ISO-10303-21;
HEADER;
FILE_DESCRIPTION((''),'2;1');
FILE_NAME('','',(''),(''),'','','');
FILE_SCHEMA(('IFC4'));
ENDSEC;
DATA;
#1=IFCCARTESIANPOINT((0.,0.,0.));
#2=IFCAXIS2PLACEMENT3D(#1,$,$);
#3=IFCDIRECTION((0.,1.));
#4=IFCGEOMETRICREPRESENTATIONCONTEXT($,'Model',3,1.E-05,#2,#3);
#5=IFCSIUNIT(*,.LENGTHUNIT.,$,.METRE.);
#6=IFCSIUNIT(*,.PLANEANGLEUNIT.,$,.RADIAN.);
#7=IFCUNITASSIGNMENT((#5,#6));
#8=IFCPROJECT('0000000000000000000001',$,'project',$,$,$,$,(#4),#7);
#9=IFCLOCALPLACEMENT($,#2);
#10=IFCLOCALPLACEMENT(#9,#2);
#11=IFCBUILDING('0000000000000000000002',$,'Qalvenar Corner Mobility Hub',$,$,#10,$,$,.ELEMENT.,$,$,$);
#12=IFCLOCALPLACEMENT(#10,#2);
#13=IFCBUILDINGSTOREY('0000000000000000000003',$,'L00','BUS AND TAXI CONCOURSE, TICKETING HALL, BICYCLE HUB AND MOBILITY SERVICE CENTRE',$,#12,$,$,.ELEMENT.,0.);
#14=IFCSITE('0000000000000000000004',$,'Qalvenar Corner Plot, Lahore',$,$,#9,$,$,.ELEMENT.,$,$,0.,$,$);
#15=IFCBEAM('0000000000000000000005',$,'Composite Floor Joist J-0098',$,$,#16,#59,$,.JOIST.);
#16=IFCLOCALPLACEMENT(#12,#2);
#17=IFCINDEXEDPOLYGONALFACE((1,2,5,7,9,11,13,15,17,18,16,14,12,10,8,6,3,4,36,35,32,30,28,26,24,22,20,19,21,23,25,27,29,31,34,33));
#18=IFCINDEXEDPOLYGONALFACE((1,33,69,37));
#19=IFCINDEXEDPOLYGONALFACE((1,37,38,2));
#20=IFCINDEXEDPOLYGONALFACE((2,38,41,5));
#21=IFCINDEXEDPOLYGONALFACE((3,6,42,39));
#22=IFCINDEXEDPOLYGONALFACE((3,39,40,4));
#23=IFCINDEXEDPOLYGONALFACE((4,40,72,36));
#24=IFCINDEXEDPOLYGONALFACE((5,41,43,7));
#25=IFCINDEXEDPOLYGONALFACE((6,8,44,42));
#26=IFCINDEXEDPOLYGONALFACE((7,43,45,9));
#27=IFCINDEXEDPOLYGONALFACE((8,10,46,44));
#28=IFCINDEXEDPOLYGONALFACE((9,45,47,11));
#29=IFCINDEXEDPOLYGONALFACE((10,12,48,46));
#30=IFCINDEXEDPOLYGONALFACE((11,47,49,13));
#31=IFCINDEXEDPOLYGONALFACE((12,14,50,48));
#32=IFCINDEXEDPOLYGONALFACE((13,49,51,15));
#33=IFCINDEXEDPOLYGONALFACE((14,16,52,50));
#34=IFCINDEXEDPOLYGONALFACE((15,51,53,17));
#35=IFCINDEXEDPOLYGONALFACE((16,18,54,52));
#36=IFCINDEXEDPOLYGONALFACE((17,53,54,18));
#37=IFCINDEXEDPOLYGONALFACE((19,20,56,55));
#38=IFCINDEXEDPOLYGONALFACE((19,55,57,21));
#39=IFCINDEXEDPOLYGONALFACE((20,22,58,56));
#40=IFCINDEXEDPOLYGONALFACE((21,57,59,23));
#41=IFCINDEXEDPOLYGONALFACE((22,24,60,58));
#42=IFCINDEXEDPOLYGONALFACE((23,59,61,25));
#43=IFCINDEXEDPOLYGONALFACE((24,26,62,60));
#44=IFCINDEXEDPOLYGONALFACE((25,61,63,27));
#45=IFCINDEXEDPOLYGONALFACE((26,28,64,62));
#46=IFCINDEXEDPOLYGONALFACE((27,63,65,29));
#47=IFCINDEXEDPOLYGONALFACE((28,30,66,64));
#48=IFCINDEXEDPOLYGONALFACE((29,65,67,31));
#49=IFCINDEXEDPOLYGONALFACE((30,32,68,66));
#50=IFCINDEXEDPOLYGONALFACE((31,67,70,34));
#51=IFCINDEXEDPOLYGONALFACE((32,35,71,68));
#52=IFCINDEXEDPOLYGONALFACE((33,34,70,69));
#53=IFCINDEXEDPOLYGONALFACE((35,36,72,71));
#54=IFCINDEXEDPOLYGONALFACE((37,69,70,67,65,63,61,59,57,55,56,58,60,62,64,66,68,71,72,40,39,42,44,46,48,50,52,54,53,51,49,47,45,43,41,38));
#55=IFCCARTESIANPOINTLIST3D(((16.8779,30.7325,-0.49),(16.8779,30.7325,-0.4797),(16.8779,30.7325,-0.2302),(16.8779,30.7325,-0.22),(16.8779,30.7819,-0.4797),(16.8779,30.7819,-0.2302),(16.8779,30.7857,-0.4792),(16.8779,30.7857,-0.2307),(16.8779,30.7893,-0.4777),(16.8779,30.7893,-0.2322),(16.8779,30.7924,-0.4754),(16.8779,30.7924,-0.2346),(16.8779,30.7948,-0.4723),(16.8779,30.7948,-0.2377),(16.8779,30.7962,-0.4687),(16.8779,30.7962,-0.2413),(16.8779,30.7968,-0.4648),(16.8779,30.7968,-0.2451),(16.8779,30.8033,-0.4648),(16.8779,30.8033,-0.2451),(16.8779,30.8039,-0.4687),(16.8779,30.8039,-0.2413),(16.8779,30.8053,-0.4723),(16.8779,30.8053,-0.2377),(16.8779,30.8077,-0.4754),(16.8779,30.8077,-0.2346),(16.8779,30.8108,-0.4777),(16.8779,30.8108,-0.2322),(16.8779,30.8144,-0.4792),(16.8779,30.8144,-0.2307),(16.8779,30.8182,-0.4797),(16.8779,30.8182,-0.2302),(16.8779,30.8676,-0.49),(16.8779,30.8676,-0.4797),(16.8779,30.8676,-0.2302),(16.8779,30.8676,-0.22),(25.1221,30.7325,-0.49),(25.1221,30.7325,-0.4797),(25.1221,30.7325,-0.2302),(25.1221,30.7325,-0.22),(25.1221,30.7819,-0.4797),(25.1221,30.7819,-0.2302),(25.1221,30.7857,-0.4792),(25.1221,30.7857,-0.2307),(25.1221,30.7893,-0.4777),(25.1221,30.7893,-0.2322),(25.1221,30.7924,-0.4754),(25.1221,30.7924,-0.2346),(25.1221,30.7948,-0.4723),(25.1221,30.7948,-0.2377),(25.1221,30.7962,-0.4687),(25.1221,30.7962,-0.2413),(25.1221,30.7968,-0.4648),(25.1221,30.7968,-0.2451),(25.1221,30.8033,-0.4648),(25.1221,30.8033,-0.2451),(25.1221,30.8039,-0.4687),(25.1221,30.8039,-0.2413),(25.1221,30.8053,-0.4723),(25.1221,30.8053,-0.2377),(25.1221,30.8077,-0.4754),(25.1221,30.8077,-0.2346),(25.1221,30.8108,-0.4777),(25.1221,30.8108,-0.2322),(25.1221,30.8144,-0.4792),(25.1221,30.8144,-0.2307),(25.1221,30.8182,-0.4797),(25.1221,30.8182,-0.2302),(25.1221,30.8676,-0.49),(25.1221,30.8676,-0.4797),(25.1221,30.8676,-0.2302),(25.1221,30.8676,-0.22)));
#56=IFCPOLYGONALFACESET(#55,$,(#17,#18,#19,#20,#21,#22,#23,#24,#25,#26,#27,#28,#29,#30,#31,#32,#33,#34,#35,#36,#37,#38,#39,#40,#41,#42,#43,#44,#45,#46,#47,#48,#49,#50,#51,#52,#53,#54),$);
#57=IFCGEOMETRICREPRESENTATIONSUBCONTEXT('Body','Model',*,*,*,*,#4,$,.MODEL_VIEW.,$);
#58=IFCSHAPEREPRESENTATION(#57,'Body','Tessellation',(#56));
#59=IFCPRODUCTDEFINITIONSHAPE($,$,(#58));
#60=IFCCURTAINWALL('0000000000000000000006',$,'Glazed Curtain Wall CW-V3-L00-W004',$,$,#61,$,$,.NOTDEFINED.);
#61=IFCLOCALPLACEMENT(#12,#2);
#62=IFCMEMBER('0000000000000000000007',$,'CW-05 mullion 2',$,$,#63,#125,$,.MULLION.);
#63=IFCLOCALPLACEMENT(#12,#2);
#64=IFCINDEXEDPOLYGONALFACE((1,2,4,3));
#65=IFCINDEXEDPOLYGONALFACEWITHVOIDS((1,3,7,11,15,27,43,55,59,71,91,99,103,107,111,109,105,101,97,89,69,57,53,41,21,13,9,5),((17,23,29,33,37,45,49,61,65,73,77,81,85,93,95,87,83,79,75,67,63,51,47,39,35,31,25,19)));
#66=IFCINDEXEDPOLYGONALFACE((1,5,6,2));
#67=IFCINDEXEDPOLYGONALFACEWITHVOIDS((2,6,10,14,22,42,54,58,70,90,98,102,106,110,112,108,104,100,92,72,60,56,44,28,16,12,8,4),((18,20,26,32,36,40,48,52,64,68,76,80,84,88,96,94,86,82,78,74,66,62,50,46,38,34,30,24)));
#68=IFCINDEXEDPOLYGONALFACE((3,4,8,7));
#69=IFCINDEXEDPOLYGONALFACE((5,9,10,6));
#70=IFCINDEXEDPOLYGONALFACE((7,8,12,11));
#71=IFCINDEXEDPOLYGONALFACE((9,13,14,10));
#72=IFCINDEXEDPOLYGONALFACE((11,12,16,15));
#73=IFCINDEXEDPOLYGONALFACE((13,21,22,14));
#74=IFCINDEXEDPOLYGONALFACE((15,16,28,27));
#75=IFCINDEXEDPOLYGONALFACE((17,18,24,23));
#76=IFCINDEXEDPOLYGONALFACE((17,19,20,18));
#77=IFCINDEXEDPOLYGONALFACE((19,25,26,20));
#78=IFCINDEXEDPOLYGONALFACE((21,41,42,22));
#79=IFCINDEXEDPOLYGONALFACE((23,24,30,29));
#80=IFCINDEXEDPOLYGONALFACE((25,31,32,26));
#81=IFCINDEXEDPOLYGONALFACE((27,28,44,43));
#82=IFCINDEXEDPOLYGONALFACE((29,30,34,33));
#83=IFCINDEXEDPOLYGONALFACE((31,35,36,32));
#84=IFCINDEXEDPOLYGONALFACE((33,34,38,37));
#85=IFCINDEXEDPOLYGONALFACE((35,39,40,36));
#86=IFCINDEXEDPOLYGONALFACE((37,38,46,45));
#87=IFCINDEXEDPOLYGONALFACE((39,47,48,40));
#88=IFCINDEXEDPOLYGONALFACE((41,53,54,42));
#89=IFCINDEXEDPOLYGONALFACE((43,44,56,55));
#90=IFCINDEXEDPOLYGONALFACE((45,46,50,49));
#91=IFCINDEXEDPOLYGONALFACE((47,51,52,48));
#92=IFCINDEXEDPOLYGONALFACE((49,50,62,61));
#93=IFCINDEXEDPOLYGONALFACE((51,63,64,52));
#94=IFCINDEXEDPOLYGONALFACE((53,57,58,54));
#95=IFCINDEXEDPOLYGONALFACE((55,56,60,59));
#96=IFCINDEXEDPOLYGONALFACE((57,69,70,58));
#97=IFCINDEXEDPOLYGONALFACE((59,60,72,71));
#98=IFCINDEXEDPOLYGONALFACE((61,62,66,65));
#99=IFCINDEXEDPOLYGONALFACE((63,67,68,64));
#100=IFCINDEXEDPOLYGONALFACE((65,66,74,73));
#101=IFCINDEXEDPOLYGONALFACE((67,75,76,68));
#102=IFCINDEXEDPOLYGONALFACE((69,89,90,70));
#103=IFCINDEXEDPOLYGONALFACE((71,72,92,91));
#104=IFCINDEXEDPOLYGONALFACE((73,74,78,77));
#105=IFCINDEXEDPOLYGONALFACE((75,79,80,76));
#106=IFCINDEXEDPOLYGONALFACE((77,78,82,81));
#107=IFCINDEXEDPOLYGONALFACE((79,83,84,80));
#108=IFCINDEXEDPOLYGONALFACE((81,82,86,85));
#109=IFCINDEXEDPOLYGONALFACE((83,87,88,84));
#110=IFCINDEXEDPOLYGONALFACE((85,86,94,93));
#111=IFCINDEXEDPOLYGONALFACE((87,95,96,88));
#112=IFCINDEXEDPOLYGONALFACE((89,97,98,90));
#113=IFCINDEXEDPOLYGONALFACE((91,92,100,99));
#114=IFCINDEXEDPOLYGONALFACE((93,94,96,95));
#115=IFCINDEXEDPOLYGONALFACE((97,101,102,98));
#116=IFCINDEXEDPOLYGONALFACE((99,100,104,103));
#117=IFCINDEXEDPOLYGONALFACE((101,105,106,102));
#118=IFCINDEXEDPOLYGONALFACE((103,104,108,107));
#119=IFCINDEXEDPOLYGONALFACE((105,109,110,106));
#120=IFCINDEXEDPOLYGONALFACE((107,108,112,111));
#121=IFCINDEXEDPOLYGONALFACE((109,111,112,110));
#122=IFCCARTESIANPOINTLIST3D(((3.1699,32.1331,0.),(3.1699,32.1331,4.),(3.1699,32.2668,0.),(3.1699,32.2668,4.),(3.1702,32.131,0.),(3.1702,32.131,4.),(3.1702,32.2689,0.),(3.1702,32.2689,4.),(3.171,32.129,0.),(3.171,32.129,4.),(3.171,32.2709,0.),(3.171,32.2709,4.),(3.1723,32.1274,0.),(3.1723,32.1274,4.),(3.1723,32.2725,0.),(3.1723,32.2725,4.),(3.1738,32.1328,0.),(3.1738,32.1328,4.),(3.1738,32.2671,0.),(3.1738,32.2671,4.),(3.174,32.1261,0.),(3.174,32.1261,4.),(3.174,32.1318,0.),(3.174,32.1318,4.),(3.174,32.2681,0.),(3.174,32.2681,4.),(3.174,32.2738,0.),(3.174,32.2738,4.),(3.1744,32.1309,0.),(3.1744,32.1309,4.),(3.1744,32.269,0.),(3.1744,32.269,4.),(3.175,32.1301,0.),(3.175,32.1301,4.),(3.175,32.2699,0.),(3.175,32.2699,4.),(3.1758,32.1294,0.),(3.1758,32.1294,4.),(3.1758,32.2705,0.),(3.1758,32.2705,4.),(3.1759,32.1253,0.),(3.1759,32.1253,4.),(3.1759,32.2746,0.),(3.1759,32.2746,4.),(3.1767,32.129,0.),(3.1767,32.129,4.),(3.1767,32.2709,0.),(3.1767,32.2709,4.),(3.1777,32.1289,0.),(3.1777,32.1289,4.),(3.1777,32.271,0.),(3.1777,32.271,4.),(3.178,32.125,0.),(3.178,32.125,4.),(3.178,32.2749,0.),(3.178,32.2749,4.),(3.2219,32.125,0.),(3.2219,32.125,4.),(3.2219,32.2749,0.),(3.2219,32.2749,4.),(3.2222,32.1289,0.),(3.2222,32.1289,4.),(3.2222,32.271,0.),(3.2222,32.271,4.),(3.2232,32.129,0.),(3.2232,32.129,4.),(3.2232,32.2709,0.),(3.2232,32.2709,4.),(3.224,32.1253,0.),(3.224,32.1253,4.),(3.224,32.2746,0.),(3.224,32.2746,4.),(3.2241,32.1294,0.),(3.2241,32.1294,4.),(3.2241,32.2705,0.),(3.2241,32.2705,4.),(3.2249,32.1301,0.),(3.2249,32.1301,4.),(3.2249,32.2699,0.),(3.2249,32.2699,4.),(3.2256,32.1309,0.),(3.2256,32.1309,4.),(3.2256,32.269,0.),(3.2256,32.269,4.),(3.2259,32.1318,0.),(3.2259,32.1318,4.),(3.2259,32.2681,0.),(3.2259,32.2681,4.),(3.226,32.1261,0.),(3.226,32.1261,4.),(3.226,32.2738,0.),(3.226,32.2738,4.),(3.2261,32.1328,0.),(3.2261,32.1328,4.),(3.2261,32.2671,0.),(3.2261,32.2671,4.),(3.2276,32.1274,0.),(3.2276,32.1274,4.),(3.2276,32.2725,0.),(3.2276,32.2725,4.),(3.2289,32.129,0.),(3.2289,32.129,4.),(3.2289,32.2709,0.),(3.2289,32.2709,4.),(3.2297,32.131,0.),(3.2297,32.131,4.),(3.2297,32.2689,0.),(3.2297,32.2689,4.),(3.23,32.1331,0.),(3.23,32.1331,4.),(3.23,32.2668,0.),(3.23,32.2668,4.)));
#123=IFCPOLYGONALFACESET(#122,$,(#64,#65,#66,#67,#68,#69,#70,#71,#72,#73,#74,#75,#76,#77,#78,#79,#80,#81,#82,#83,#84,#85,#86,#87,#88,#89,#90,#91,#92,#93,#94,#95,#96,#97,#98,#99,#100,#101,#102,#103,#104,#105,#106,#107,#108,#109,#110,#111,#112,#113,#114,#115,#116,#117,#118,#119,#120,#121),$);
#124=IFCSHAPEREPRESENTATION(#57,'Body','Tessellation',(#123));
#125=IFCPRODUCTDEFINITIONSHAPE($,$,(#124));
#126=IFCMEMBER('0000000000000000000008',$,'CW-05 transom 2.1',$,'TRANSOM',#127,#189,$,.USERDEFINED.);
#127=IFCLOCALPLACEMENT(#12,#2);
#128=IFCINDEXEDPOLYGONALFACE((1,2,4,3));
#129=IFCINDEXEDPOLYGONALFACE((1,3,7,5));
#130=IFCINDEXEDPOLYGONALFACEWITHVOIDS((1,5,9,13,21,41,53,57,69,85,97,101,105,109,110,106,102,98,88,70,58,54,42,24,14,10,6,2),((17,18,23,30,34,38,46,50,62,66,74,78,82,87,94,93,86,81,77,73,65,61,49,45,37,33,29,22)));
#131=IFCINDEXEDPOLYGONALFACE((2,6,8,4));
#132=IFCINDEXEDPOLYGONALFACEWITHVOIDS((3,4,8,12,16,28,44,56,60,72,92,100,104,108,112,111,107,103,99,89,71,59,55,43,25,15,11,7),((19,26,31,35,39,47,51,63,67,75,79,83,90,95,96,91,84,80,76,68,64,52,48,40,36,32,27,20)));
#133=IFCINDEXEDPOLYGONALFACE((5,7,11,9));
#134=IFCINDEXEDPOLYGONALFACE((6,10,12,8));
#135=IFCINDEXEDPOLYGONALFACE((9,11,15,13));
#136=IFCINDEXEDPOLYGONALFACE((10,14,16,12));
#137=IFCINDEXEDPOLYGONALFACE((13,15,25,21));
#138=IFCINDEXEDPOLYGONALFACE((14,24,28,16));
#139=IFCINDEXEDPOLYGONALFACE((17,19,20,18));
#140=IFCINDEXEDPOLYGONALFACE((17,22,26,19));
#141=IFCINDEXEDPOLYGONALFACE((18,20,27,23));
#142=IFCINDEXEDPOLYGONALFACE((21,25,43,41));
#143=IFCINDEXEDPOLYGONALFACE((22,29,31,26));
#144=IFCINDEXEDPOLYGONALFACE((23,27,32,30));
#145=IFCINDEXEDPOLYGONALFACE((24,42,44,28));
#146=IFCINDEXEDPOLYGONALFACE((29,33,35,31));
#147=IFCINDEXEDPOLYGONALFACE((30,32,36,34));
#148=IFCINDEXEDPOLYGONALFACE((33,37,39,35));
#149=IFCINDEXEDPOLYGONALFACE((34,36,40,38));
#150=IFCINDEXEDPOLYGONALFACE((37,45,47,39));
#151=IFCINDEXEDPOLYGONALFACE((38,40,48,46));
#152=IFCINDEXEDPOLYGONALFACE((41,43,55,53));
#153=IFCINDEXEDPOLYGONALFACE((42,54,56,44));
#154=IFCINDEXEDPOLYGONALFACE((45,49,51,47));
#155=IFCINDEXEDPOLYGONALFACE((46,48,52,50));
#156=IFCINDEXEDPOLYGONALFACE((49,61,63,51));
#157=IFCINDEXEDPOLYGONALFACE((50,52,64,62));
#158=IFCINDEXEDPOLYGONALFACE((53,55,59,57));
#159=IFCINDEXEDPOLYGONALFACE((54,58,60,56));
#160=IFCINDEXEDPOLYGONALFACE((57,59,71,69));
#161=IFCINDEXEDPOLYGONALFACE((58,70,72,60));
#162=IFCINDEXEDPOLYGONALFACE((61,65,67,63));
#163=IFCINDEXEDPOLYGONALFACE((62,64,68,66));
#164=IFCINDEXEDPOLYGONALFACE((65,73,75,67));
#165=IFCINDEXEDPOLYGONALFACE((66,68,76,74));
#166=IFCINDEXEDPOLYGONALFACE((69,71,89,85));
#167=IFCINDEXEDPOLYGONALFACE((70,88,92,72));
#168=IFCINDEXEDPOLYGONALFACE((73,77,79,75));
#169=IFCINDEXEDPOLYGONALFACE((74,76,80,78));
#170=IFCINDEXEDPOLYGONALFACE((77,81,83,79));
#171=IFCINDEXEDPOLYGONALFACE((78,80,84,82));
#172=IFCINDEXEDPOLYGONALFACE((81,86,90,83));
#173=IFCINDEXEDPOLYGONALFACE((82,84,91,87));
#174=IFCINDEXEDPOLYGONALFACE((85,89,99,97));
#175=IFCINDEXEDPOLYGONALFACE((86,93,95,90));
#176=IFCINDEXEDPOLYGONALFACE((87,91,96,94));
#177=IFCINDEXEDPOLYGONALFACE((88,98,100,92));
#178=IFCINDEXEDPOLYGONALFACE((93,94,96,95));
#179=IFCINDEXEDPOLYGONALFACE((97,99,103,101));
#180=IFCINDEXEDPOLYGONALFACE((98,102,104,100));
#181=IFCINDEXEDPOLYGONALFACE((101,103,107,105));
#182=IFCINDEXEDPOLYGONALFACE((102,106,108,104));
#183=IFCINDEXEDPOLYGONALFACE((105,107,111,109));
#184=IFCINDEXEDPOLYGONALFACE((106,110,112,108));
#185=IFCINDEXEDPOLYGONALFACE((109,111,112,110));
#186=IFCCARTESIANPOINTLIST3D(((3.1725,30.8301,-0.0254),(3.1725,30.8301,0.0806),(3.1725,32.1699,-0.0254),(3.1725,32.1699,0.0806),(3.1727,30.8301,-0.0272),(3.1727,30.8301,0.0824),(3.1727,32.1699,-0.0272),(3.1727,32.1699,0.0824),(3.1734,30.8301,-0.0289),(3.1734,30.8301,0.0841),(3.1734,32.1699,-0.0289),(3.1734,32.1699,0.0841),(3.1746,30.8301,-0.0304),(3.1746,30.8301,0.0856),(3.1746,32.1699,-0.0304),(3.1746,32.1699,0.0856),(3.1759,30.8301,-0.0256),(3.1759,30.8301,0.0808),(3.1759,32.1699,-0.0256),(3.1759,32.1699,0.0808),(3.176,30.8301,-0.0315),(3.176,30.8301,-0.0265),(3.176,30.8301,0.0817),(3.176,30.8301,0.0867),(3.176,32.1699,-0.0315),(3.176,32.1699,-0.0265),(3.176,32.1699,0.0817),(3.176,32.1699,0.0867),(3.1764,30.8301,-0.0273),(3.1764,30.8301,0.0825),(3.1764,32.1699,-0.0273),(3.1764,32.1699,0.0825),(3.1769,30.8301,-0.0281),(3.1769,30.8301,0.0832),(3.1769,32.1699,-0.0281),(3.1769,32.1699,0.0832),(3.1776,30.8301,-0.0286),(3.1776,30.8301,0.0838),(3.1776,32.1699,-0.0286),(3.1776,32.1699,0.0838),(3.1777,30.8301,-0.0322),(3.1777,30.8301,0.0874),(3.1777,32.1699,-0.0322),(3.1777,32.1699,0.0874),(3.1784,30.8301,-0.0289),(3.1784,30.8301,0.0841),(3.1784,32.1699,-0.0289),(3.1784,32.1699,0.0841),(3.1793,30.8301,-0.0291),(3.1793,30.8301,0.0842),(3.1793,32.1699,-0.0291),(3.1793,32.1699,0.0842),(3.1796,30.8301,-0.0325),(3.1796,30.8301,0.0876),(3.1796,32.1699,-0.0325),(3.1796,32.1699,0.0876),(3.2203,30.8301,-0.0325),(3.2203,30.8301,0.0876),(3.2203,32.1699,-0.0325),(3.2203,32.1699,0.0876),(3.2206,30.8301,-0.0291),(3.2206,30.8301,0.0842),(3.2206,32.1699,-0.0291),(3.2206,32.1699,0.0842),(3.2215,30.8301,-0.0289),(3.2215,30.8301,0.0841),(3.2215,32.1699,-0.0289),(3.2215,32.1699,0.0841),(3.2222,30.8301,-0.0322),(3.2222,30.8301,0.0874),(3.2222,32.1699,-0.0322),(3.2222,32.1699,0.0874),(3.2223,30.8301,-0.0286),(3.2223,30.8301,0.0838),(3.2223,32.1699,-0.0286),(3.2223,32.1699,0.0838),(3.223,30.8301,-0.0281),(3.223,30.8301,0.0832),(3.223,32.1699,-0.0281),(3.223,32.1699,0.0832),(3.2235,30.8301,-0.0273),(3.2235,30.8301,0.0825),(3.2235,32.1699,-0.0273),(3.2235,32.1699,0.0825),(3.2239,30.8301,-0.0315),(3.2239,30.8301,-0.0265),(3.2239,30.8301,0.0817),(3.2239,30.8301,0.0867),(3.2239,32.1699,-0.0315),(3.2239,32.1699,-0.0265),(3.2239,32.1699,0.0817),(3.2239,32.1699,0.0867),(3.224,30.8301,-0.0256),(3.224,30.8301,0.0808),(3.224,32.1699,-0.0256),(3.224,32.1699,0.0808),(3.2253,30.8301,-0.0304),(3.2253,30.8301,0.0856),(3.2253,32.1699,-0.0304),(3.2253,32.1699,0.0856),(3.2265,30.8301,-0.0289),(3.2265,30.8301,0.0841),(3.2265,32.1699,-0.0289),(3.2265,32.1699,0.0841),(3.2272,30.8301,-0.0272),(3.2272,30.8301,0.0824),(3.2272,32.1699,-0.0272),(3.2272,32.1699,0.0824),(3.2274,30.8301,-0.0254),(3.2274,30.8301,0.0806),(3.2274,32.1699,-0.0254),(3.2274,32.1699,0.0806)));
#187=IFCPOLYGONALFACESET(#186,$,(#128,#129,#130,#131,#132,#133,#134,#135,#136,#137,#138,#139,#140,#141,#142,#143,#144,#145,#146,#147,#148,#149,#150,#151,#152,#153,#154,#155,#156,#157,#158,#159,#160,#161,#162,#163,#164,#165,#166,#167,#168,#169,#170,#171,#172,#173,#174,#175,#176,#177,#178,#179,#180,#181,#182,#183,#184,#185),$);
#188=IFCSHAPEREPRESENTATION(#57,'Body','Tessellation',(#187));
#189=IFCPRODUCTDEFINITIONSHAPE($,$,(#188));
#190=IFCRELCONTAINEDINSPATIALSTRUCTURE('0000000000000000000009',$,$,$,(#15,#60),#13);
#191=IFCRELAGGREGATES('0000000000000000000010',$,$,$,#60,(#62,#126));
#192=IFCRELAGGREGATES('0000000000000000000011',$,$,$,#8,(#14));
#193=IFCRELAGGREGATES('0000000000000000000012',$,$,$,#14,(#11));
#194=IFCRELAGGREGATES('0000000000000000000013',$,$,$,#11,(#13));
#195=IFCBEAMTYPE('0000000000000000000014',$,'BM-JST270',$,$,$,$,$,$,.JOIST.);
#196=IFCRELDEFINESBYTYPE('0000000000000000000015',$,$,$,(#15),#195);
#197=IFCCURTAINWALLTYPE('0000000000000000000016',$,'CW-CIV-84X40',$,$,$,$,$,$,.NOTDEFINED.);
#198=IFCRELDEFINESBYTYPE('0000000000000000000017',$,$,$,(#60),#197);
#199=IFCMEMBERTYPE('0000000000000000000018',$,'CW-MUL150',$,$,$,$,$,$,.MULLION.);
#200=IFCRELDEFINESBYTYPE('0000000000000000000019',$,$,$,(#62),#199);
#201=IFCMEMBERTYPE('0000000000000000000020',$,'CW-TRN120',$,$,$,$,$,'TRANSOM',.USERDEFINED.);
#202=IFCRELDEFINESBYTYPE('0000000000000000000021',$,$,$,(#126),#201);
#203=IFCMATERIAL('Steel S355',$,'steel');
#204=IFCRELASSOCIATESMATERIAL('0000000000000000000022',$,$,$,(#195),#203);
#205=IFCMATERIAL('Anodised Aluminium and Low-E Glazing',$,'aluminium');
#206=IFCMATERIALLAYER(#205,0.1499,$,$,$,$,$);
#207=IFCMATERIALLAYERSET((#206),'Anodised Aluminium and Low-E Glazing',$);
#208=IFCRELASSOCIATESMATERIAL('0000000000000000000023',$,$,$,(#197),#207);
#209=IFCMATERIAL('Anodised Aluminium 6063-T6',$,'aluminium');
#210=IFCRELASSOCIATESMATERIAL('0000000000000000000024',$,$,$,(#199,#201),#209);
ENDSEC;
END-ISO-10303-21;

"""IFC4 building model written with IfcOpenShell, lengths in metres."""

from ifc_helpers import new_model, si_unit, direction, frame, origin, origin_2d, place, context, subcontext, project, spatial, hollow_rectangle, i_section, extrude, material, layer, layer_set, material_profile, profile_set, type_object, element, aggregate, save


model = new_model("IFC4")

# Units and contexts
model_context = context("Model", 3, precision=1e-05, world=origin(), true_north=direction((0.0, 1.0)))
body_context = subcontext(model_context, "Body", "Model", "MODEL_VIEW")
ifc_project = project(units=[si_unit("LENGTHUNIT", "METRE"), si_unit("PLANEANGLEUNIT", "RADIAN")], contexts=[model_context])

# Site, building, storey
site_placement = place(None, origin())
site = spatial("IfcSite", under=ifc_project, at=site_placement, Name="Qalvenar Corner Plot, Lahore", CompositionType="ELEMENT", RefElevation=0.0)
building_placement = place(site_placement, origin())
building = spatial("IfcBuilding", under=site, at=building_placement, Name="Qalvenar Corner Mobility Hub", CompositionType="ELEMENT")
storey_placement = place(building_placement, origin())
storey = spatial("IfcBuildingStorey", under=building, at=storey_placement, Name="L00", Description="BUS AND TAXI CONCOURSE, TICKETING HALL, BICYCLE HUB AND MOBILITY SERVICE CENTRE", CompositionType="ELEMENT", Elevation=0.0)

# Shared definitions
ifc_material_1 = material(Name="Steel S355", Category="steel")

# Beam
ifc_material_profile_1 = material_profile(ifc_material_1, i_section(OverallWidth=0.135, OverallDepth=0.27, WebThickness=0.0066, FlangeThickness=0.0103, FilletRadius=0.0149, at=origin_2d()), Name="IPE270")
ifc_profile_set_1 = profile_set([ifc_material_profile_1], Name="Steel S355")
beam_type_1 = type_object("IfcBeamType", Name="BM-JST270", PredefinedType="JOIST", material=ifc_profile_set_1)
for number, where, z_axis, x_axis, name in (
    (1, (16.8779, 30.8, -0.355), (1.0, 0.0, 0.0), (0.0, 1.0, 0.0), "Composite Floor Joist J-0098"),
):
    element("IfcBeam", number, at=place(storey_placement, frame(where, z_axis=z_axis, x_axis=x_axis)), inside=storey, type_object=beam_type_1, Name=name, PredefinedType="JOIST", context=body_context, shape_type="SweptSolid", body=[
        extrude(i_section(OverallWidth=0.135, OverallDepth=0.27, WebThickness=0.0066, FlangeThickness=0.0103, FilletRadius=0.0149, at=origin_2d()), origin(), (0.0, 0.0, 1.0), 8.2441),
    ])

# Curtain wall, members
ifc_material_2 = material(Name="Anodised Aluminium and Low-E Glazing", Category="aluminium")
ifc_layer_1 = layer(ifc_material_2, 0.1499)
ifc_layer_set_1 = layer_set([ifc_layer_1], Name="Anodised Aluminium and Low-E Glazing")
curtain_wall_type = type_object("IfcCurtainWallType", Name="CW-CIV-84X40", PredefinedType="NOTDEFINED", material=ifc_layer_set_1)
curtain_wall_placement = place(storey_placement, origin())
curtain_wall = element("IfcCurtainWall", 2, at=curtain_wall_placement, inside=storey, type_object=curtain_wall_type, Name="Glazed Curtain Wall CW-V3-L00-W004", PredefinedType="NOTDEFINED")
ifc_material_3 = material(Name="Anodised Aluminium 6063-T6", Category="aluminium")
ifc_material_profile_2 = material_profile(ifc_material_3, hollow_rectangle(XDim=0.0601, YDim=0.1499, WallThickness=0.0039, InnerFilletRadius=0.0039, OuterFilletRadius=0.0081, at=origin_2d()), Name="RHS150x60x4")
ifc_profile_set_2 = profile_set([ifc_material_profile_2], Name="Anodised Aluminium 6063-T6")
member_type_1 = type_object("IfcMemberType", Name="CW-MUL150", PredefinedType="MULLION", material=ifc_profile_set_2)
member_1_placement = place(storey_placement, frame((3.2, 32.2, 0.0), z_axis=(0.0, 0.0, 1.0), x_axis=(1.0, 0.0, 0.0)))
member_1 = element("IfcMember", 3, at=member_1_placement, type_object=member_type_1, Name="CW-05 mullion 2", PredefinedType="MULLION", context=body_context, shape_type="SweptSolid", body=[
    extrude(hollow_rectangle(XDim=0.0601, YDim=0.1499, WallThickness=0.0039, InnerFilletRadius=0.0039, OuterFilletRadius=0.0081, at=origin_2d()), origin(), (0.0, 0.0, 1.0), 4.0),
])
ifc_material_profile_3 = material_profile(ifc_material_3, hollow_rectangle(XDim=0.0549, YDim=0.1201, WallThickness=0.0034, InnerFilletRadius=0.0034, OuterFilletRadius=0.0071, at=origin_2d()), Name="RHS120x55x3.5")
ifc_profile_set_3 = profile_set([ifc_material_profile_3], Name="Anodised Aluminium 6063-T6")
member_type_2 = type_object("IfcMemberType", Name="CW-TRN120", ElementType="TRANSOM", PredefinedType="USERDEFINED", material=ifc_profile_set_3)
member_2_placement = place(storey_placement, frame((3.2, 32.1699, 0.0276), z_axis=(0.0, -1.0, 0.0), x_axis=(1.0, 0.0, 0.0)))
member_2 = element("IfcMember", 4, at=member_2_placement, type_object=member_type_2, Name="CW-05 transom 2.1", ObjectType="TRANSOM", PredefinedType="USERDEFINED", context=body_context, shape_type="SweptSolid", body=[
    extrude(hollow_rectangle(XDim=0.0549, YDim=0.1201, WallThickness=0.0034, InnerFilletRadius=0.0034, OuterFilletRadius=0.0071, at=origin_2d()), origin(), (0.0, 0.0, 1.0), 1.3398),
])
aggregate(curtain_wall, [member_1, member_2])

save(model, "model.ifc")
